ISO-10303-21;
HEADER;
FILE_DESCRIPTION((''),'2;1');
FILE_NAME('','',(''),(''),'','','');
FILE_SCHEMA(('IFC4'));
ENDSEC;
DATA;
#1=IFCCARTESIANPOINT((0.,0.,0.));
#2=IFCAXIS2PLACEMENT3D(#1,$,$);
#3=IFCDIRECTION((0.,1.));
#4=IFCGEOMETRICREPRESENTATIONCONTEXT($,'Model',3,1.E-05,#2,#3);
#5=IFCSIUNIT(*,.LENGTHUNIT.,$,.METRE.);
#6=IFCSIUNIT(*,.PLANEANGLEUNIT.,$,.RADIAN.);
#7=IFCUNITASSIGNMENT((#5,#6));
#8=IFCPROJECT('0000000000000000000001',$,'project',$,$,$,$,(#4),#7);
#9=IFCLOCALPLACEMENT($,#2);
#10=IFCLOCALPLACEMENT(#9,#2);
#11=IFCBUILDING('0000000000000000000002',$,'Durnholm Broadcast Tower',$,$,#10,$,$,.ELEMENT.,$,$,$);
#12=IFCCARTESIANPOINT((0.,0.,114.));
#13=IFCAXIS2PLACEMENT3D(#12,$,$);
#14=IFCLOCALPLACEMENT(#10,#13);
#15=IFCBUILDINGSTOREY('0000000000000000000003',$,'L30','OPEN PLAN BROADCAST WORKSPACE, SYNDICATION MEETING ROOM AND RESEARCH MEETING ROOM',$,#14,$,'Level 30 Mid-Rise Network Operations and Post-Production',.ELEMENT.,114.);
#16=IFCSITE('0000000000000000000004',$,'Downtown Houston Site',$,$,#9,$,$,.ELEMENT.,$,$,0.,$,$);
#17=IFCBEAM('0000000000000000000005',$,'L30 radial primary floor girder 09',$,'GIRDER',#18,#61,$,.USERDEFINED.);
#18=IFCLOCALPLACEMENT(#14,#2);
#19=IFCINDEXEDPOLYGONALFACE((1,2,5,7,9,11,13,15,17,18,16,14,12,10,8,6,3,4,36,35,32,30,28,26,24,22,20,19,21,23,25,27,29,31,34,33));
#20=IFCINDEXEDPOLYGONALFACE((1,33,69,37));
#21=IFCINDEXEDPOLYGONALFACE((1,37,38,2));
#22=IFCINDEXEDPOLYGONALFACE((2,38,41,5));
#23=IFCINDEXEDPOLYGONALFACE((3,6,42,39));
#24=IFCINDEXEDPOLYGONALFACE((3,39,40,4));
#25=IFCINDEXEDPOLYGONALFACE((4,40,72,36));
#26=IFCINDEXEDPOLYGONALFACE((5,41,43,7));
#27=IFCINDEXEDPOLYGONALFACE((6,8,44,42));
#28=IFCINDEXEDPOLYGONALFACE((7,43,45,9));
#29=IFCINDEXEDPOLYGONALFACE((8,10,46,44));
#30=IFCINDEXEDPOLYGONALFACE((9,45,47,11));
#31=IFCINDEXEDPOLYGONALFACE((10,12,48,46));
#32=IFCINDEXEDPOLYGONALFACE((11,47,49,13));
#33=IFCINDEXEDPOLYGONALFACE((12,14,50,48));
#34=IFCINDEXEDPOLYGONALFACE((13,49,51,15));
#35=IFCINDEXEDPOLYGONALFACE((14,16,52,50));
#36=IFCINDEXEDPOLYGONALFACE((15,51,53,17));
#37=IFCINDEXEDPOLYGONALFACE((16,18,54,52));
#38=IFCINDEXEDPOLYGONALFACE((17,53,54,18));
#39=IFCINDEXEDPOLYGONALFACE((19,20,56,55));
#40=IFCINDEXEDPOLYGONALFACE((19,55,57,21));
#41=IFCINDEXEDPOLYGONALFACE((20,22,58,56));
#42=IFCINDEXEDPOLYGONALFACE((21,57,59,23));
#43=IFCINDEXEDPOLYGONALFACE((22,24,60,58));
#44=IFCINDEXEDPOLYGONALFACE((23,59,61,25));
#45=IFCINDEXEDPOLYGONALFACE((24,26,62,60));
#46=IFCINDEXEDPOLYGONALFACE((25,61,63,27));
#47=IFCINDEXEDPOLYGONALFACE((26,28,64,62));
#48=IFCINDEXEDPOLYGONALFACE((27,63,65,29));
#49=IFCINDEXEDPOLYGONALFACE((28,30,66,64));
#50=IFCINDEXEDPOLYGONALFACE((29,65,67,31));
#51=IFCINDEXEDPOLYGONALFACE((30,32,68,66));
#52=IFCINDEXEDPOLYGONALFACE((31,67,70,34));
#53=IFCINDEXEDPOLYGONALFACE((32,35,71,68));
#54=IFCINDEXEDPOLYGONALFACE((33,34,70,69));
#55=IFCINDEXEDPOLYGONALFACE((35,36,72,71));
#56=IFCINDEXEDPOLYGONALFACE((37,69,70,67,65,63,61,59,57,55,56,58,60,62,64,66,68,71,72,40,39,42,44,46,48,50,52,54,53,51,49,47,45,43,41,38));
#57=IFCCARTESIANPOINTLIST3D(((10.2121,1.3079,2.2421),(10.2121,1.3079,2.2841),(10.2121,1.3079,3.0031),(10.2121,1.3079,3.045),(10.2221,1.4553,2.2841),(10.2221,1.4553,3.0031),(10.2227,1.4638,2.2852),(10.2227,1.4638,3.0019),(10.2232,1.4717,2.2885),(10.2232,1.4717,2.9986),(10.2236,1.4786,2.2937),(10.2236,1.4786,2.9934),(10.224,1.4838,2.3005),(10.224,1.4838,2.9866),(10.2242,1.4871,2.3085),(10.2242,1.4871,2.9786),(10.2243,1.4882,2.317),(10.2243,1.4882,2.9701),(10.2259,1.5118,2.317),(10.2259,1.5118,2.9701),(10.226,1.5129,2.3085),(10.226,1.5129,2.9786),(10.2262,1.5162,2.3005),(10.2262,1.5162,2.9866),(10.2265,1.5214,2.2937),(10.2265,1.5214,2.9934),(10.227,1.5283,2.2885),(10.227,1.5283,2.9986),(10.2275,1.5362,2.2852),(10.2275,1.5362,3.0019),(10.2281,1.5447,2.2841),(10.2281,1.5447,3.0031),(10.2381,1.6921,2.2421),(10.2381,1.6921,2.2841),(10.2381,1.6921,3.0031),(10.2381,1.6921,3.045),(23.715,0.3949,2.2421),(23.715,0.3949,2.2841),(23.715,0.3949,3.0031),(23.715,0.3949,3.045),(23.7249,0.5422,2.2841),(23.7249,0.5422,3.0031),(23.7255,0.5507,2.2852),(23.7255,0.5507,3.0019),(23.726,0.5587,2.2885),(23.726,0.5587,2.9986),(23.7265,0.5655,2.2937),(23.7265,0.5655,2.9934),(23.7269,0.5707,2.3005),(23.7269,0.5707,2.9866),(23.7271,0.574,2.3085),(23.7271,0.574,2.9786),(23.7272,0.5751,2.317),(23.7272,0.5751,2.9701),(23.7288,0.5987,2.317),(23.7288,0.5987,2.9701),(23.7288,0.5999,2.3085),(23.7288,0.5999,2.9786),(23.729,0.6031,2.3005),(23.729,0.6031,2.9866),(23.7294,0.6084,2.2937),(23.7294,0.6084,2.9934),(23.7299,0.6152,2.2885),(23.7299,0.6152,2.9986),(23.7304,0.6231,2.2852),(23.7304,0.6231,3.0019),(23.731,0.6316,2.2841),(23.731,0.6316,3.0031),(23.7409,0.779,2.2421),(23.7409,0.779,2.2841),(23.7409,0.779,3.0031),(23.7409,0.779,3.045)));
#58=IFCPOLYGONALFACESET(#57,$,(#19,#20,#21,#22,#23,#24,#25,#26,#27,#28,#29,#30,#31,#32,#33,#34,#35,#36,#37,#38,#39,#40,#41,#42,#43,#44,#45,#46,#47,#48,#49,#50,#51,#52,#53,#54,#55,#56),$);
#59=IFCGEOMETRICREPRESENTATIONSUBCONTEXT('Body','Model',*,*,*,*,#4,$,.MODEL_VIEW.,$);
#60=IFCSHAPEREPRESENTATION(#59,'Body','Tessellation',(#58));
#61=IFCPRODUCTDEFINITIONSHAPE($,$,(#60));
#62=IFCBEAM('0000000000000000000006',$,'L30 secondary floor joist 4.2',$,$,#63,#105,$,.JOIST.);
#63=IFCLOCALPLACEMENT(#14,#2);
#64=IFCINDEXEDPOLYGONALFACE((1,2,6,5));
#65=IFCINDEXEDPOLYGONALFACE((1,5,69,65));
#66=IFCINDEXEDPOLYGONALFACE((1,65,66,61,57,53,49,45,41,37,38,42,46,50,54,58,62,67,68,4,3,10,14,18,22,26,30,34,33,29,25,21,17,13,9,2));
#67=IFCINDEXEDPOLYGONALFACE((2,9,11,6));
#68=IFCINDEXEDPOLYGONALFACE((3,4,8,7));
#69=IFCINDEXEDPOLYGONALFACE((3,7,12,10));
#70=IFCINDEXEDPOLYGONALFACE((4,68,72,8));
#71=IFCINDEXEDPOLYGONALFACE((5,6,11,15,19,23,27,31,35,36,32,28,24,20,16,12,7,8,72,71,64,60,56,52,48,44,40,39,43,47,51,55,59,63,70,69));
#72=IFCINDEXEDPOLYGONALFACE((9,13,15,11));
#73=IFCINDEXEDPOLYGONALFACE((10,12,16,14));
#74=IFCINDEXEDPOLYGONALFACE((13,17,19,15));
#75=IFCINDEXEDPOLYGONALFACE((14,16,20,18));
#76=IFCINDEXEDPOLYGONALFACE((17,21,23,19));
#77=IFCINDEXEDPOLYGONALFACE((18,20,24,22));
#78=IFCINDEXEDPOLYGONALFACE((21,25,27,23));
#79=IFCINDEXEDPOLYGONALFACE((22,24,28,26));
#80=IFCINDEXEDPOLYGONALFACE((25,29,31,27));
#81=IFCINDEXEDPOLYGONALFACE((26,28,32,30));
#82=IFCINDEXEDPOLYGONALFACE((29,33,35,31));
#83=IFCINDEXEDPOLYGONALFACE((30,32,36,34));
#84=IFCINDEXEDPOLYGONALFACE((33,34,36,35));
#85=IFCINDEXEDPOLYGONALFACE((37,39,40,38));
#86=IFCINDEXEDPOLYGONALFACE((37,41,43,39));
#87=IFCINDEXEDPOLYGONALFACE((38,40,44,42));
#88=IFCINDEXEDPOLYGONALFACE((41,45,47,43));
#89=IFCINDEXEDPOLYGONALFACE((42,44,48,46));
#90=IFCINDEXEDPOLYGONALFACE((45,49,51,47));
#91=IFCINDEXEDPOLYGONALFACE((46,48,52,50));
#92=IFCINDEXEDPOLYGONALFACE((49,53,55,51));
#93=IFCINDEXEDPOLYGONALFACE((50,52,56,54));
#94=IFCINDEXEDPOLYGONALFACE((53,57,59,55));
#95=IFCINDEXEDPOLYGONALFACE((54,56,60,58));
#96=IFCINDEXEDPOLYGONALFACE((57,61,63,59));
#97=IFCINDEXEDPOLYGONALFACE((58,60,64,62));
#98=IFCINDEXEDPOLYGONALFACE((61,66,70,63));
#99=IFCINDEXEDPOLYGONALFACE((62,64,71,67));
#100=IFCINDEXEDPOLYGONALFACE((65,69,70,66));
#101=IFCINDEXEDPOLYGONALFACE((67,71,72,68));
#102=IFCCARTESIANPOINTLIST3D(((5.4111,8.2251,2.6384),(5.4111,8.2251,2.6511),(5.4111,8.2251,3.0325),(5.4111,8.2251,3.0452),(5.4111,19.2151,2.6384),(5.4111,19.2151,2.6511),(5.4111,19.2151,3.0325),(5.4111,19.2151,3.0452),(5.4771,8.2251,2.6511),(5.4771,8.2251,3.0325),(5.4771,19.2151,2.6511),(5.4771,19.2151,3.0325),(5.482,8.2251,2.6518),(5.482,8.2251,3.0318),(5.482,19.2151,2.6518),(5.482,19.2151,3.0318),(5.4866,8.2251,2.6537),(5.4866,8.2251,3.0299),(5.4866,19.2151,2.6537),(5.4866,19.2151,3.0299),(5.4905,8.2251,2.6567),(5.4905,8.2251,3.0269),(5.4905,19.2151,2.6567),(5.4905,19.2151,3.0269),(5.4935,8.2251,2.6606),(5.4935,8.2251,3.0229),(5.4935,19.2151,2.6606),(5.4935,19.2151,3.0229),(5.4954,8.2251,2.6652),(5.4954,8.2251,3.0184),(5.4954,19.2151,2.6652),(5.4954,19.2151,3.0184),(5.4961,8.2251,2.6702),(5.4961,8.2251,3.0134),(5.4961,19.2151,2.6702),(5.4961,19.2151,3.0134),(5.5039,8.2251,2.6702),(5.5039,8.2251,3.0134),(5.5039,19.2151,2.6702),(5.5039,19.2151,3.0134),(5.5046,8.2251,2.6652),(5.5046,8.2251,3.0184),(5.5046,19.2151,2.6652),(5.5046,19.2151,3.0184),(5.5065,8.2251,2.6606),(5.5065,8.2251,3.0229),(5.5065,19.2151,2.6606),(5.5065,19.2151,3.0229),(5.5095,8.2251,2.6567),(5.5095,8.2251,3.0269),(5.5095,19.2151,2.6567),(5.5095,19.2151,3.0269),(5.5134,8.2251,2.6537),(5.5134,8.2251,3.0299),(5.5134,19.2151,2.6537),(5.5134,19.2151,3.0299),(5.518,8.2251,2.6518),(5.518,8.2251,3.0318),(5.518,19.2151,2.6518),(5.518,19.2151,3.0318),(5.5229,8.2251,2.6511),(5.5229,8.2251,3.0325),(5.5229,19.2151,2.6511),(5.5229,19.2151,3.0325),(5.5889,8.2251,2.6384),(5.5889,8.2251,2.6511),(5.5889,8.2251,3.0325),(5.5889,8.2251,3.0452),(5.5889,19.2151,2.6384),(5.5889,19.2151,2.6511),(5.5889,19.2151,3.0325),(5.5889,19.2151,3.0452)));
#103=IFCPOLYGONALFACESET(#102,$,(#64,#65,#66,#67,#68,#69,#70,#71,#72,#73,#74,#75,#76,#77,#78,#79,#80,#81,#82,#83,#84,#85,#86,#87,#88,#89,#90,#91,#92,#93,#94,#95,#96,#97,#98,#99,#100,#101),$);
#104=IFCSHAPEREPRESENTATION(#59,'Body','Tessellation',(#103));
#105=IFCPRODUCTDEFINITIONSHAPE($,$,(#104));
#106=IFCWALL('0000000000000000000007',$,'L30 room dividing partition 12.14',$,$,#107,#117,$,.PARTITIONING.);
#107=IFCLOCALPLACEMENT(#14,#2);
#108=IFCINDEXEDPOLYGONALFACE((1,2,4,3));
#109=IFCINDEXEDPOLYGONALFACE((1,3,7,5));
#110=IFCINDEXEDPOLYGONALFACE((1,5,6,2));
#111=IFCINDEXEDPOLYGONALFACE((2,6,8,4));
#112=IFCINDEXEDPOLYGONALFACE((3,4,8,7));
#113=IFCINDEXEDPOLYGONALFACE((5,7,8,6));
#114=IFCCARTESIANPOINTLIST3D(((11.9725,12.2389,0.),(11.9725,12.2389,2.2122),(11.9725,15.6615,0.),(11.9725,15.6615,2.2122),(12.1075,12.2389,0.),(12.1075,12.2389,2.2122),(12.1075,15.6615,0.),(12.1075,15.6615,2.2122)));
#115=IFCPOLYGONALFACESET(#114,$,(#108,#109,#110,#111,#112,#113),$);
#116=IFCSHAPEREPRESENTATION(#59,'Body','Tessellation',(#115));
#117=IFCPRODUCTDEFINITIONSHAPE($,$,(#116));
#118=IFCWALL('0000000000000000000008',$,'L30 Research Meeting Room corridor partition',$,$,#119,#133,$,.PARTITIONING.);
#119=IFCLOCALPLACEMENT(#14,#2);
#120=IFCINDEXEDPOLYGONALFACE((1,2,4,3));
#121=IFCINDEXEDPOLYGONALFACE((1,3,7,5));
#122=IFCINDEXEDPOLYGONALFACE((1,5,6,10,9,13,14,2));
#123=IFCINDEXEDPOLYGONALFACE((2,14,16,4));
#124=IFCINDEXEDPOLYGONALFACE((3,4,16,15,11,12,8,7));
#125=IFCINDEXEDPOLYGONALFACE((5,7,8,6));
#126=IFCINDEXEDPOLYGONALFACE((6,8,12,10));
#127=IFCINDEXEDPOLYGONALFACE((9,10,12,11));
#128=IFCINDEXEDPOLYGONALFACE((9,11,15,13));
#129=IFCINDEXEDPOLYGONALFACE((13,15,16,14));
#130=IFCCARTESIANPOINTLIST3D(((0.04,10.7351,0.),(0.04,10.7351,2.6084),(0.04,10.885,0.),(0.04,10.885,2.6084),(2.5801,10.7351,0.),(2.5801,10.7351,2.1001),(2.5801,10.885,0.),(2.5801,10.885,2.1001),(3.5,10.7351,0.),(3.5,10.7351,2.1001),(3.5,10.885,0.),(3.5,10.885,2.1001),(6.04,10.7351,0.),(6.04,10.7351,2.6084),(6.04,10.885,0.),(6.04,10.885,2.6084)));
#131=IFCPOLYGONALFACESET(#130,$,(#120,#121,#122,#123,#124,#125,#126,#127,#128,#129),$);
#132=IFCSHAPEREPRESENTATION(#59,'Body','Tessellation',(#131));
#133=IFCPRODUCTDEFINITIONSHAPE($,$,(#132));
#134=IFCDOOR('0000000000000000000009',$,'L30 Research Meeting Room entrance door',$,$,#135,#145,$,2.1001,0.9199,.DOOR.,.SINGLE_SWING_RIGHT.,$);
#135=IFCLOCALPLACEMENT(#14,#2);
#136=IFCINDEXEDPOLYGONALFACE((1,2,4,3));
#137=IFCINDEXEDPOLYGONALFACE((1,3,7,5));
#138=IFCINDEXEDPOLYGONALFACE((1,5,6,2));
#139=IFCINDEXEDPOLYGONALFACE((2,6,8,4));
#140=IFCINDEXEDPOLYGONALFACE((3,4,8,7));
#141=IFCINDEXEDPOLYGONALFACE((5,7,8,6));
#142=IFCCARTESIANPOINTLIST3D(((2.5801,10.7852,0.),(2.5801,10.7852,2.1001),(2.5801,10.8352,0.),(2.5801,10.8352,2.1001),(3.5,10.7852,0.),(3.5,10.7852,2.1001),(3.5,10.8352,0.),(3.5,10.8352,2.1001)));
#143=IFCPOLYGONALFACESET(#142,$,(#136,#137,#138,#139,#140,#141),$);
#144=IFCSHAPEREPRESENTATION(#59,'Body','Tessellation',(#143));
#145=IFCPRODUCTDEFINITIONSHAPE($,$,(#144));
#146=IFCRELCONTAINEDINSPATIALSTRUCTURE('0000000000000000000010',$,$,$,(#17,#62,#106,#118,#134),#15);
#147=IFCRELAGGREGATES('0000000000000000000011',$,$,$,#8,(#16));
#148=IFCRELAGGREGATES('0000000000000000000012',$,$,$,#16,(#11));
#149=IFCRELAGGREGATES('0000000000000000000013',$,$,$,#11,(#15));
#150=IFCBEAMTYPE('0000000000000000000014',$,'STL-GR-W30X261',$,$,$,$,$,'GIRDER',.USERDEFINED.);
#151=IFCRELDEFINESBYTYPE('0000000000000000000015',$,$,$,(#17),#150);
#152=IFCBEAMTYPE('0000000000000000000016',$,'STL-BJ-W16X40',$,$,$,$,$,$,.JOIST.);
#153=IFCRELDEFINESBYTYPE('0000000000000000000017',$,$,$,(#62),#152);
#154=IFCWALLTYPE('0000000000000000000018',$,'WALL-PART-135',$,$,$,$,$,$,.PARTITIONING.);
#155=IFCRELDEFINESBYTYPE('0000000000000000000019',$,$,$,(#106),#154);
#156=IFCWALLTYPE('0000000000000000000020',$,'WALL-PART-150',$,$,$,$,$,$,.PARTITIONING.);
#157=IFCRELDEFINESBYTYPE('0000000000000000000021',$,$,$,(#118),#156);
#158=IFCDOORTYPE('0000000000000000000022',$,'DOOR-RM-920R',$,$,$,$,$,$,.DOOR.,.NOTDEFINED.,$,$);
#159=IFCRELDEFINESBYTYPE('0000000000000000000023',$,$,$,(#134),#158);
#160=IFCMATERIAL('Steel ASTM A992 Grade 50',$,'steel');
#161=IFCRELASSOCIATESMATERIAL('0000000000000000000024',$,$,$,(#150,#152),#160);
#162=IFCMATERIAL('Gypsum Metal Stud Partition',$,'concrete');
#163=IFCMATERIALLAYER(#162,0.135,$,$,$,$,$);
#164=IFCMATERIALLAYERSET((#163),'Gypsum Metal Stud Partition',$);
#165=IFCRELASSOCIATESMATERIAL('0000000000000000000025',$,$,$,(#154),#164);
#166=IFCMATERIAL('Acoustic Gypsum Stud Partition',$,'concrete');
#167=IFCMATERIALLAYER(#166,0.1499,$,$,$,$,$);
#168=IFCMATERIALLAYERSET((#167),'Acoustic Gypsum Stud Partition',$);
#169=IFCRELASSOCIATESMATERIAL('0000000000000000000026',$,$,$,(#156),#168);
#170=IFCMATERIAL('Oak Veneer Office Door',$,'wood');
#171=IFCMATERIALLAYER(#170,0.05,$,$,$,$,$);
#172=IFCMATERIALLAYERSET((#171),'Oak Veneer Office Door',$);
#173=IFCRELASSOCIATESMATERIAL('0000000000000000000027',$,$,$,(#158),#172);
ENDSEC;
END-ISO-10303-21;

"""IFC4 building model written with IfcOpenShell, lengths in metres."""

from ifc_helpers import new_model, si_unit, direction, frame, frame_2d, origin, origin_2d, place, context, subcontext, project, spatial, rectangle, i_section, extrude, source, transform, mapped, material, layer, layer_set, material_profile, profile_set, type_object, type_shapes, element, fill, save


model = new_model("IFC4")

# Units and contexts
model_context = context("Model", 3, precision=1e-05, world=origin(), true_north=direction((0.0, 1.0)))
body_context = subcontext(model_context, "Body", "Model", "MODEL_VIEW")
ifc_project = project(units=[si_unit("LENGTHUNIT", "METRE"), si_unit("PLANEANGLEUNIT", "RADIAN")], contexts=[model_context])

# Site, building, storey
site_placement = place(None, origin())
site = spatial("IfcSite", under=ifc_project, at=site_placement, Name="Downtown Houston Site", CompositionType="ELEMENT", RefElevation=0.0)
building_placement = place(site_placement, origin())
building = spatial("IfcBuilding", under=site, at=building_placement, Name="Durnholm Broadcast Tower", CompositionType="ELEMENT")
storey_placement = place(building_placement, frame((0.0, 0.0, 114.0)))
storey = spatial("IfcBuildingStorey", under=building, at=storey_placement, Name="L30", Description="OPEN PLAN BROADCAST WORKSPACE, SYNDICATION MEETING ROOM AND RESEARCH MEETING ROOM", LongName="Level 30 Mid-Rise Network Operations and Post-Production", CompositionType="ELEMENT", Elevation=114.0)

# Beams
ifc_material_1 = material(Name="Steel ASTM A992 Grade 50", Category="steel")
ifc_material_profile_1 = material_profile(ifc_material_1, i_section(OverallWidth=0.385, OverallDepth=0.803, WebThickness=0.0237, FlangeThickness=0.042, FilletRadius=0.033, at=origin_2d()), Name="W30X261")
ifc_profile_set_1 = profile_set([ifc_material_profile_1], Name="Steel ASTM A992 Grade 50")
beam_type_1 = type_object("IfcBeamType", Name="STL-GR-W30X261", ElementType="GIRDER", PredefinedType="USERDEFINED", material=ifc_profile_set_1)
shared_shape_1 = source(origin(), body_context, "Body", "SweptSolid", [
    extrude(i_section(OverallWidth=0.385, OverallDepth=0.803, WebThickness=0.0237, FlangeThickness=0.042, FilletRadius=0.033, at=origin_2d()), origin(), (0.0, 0.0, 1.0), 13.5337),
])
beam_1_placement = place(storey_placement, frame((10.2251, 1.5, 2.6436), z_axis=(0.997721, -0.067467, 0.0), x_axis=(0.067467, 0.997721, 0.0)))
element("IfcBeam", 1, at=beam_1_placement, inside=storey, type_object=beam_type_1, Name="L30 radial primary floor girder 09", ObjectType="GIRDER", PredefinedType="USERDEFINED", context=body_context, shape_type="MappedRepresentation", body=[
    mapped(shared_shape_1, transform((0.0, 0.0, 0.0), x_axis=(1.0, 0.0, 0.0), y_axis=(0.0, 1.0, 0.0), z_axis=(0.0, 0.0, 1.0), scale=1.0)),
])
ifc_material_profile_2 = material_profile(ifc_material_1, i_section(OverallWidth=0.1777, OverallDepth=0.4067, WebThickness=0.0078, FlangeThickness=0.0127, FilletRadius=0.019, at=origin_2d()), Name="W16X40")
ifc_profile_set_2 = profile_set([ifc_material_profile_2], Name="Steel ASTM A992 Grade 50")
beam_type_2 = type_object("IfcBeamType", Name="STL-BJ-W16X40", PredefinedType="JOIST", material=ifc_profile_set_2)
shared_shape_2 = source(origin(), body_context, "Body", "SweptSolid", [
    extrude(i_section(OverallWidth=0.1777, OverallDepth=0.4067, WebThickness=0.0078, FlangeThickness=0.0127, FilletRadius=0.019, at=origin_2d()), origin(), (0.0, 0.0, 1.0), 10.99),
])
type_shapes(beam_type_2, [shared_shape_2])
beam_2_placement = place(storey_placement, frame((5.5, 8.2251, 2.8418), z_axis=(0.0, 1.0, 0.0), x_axis=(-1.0, 0.0, 0.0)))
element("IfcBeam", 2, at=beam_2_placement, inside=storey, type_object=beam_type_2, Name="L30 secondary floor joist 4.2", PredefinedType="JOIST", context=body_context, shape_type="MappedRepresentation", body=[
    mapped(shared_shape_2, transform((0.0, 0.0, 0.0), x_axis=(1.0, 0.0, 0.0), y_axis=(0.0, 1.0, 0.0), z_axis=(0.0, 0.0, 1.0), scale=1.0)),
])

# Wall
ifc_material_2 = material(Name="Gypsum Metal Stud Partition", Category="concrete")
ifc_layer_1 = layer(ifc_material_2, 0.135)
ifc_layer_set_1 = layer_set([ifc_layer_1], Name="Gypsum Metal Stud Partition")
wall_type_1 = type_object("IfcWallType", Name="WALL-PART-135", PredefinedType="PARTITIONING", material=ifc_layer_set_1)
wall_1_placement = place(storey_placement, frame((12.04, 15.6616, 0.0), z_axis=(0.0, 0.0, 1.0), x_axis=(0.0, -1.0, 0.0)))
element("IfcWall", 3, at=wall_1_placement, inside=storey, type_object=wall_type_1, Name="L30 room dividing partition 12.14", PredefinedType="PARTITIONING", context=body_context, shape_type="SweptSolid", body=[
    extrude(rectangle(XDim=3.4226, YDim=0.135, at=frame_2d((1.7114, 0.0))), origin(), (0.0, 0.0, 1.0), 2.2122),
])

# Wall, opening, door
ifc_material_3 = material(Name="Acoustic Gypsum Stud Partition", Category="concrete")
ifc_layer_2 = layer(ifc_material_3, 0.1499)
ifc_layer_set_2 = layer_set([ifc_layer_2], Name="Acoustic Gypsum Stud Partition")
wall_type_2 = type_object("IfcWallType", Name="WALL-PART-150", PredefinedType="PARTITIONING", material=ifc_layer_set_2)
wall_2_placement = place(storey_placement, frame((6.04, 10.8101, 0.0), z_axis=(0.0, 0.0, 1.0), x_axis=(-1.0, 0.0, 0.0)))
wall_2 = element("IfcWall", 4, at=wall_2_placement, inside=storey, type_object=wall_type_2, Name="L30 Research Meeting Room corridor partition", PredefinedType="PARTITIONING", context=body_context, shape_type="SweptSolid", body=[
    extrude(rectangle(XDim=6.0, YDim=0.1499, at=frame_2d((3.0, 0.0))), origin(), (0.0, 0.0, 1.0), 2.6084),
])
opening_1_placement = place(wall_2_placement, frame((2.54, 0.0, 0.0)))
opening_1 = element("IfcOpeningElement", 5, at=opening_1_placement, cuts=wall_2, PredefinedType="OPENING", context=body_context, shape_type="SweptSolid", body=[
    extrude(rectangle(XDim=0.9199, YDim=2.1001, at=frame_2d((0.46, 1.05))), frame((0.0, 0.085, 0.0), z_axis=(0.0, -1.0, 0.0), x_axis=(1.0, 0.0, 0.0)), (0.0, 0.0, 1.0), 0.1699),
])
ifc_material_4 = material(Name="Oak Veneer Office Door", Category="wood")
ifc_layer_3 = layer(ifc_material_4, 0.05)
ifc_layer_set_3 = layer_set([ifc_layer_3], Name="Oak Veneer Office Door")
door_type_1 = type_object("IfcDoorType", Name="DOOR-RM-920R", OperationType="NOTDEFINED", PredefinedType="DOOR", material=ifc_layer_set_3)
shared_shape_3 = source(origin(), body_context, "Body", "SweptSolid", [
    extrude(rectangle(XDim=0.9199, YDim=2.1001, at=frame_2d((0.46, 1.05))), frame((0.0, 0.0249, 0.0), z_axis=(0.0, -1.0, 0.0), x_axis=(1.0, 0.0, 0.0)), (0.0, 0.0, 1.0), 0.05),
])
type_shapes(door_type_1, [shared_shape_3])
door_1_placement = place(opening_1_placement, origin())
door_1 = element("IfcDoor", 6, at=door_1_placement, inside=storey, type_object=door_type_1, Name="L30 Research Meeting Room entrance door", OperationType="SINGLE_SWING_RIGHT", OverallHeight=2.1001, OverallWidth=0.9199, PredefinedType="DOOR", context=body_context, shape_type="MappedRepresentation", body=[
    mapped(shared_shape_3, transform((0.0, 0.0, 0.0), x_axis=(1.0, 0.0, 0.0), y_axis=(0.0, 1.0, 0.0), z_axis=(0.0, 0.0, 1.0), scale=1.0)),
])
fill(opening_1, door_1)

save(model, "model.ifc")
